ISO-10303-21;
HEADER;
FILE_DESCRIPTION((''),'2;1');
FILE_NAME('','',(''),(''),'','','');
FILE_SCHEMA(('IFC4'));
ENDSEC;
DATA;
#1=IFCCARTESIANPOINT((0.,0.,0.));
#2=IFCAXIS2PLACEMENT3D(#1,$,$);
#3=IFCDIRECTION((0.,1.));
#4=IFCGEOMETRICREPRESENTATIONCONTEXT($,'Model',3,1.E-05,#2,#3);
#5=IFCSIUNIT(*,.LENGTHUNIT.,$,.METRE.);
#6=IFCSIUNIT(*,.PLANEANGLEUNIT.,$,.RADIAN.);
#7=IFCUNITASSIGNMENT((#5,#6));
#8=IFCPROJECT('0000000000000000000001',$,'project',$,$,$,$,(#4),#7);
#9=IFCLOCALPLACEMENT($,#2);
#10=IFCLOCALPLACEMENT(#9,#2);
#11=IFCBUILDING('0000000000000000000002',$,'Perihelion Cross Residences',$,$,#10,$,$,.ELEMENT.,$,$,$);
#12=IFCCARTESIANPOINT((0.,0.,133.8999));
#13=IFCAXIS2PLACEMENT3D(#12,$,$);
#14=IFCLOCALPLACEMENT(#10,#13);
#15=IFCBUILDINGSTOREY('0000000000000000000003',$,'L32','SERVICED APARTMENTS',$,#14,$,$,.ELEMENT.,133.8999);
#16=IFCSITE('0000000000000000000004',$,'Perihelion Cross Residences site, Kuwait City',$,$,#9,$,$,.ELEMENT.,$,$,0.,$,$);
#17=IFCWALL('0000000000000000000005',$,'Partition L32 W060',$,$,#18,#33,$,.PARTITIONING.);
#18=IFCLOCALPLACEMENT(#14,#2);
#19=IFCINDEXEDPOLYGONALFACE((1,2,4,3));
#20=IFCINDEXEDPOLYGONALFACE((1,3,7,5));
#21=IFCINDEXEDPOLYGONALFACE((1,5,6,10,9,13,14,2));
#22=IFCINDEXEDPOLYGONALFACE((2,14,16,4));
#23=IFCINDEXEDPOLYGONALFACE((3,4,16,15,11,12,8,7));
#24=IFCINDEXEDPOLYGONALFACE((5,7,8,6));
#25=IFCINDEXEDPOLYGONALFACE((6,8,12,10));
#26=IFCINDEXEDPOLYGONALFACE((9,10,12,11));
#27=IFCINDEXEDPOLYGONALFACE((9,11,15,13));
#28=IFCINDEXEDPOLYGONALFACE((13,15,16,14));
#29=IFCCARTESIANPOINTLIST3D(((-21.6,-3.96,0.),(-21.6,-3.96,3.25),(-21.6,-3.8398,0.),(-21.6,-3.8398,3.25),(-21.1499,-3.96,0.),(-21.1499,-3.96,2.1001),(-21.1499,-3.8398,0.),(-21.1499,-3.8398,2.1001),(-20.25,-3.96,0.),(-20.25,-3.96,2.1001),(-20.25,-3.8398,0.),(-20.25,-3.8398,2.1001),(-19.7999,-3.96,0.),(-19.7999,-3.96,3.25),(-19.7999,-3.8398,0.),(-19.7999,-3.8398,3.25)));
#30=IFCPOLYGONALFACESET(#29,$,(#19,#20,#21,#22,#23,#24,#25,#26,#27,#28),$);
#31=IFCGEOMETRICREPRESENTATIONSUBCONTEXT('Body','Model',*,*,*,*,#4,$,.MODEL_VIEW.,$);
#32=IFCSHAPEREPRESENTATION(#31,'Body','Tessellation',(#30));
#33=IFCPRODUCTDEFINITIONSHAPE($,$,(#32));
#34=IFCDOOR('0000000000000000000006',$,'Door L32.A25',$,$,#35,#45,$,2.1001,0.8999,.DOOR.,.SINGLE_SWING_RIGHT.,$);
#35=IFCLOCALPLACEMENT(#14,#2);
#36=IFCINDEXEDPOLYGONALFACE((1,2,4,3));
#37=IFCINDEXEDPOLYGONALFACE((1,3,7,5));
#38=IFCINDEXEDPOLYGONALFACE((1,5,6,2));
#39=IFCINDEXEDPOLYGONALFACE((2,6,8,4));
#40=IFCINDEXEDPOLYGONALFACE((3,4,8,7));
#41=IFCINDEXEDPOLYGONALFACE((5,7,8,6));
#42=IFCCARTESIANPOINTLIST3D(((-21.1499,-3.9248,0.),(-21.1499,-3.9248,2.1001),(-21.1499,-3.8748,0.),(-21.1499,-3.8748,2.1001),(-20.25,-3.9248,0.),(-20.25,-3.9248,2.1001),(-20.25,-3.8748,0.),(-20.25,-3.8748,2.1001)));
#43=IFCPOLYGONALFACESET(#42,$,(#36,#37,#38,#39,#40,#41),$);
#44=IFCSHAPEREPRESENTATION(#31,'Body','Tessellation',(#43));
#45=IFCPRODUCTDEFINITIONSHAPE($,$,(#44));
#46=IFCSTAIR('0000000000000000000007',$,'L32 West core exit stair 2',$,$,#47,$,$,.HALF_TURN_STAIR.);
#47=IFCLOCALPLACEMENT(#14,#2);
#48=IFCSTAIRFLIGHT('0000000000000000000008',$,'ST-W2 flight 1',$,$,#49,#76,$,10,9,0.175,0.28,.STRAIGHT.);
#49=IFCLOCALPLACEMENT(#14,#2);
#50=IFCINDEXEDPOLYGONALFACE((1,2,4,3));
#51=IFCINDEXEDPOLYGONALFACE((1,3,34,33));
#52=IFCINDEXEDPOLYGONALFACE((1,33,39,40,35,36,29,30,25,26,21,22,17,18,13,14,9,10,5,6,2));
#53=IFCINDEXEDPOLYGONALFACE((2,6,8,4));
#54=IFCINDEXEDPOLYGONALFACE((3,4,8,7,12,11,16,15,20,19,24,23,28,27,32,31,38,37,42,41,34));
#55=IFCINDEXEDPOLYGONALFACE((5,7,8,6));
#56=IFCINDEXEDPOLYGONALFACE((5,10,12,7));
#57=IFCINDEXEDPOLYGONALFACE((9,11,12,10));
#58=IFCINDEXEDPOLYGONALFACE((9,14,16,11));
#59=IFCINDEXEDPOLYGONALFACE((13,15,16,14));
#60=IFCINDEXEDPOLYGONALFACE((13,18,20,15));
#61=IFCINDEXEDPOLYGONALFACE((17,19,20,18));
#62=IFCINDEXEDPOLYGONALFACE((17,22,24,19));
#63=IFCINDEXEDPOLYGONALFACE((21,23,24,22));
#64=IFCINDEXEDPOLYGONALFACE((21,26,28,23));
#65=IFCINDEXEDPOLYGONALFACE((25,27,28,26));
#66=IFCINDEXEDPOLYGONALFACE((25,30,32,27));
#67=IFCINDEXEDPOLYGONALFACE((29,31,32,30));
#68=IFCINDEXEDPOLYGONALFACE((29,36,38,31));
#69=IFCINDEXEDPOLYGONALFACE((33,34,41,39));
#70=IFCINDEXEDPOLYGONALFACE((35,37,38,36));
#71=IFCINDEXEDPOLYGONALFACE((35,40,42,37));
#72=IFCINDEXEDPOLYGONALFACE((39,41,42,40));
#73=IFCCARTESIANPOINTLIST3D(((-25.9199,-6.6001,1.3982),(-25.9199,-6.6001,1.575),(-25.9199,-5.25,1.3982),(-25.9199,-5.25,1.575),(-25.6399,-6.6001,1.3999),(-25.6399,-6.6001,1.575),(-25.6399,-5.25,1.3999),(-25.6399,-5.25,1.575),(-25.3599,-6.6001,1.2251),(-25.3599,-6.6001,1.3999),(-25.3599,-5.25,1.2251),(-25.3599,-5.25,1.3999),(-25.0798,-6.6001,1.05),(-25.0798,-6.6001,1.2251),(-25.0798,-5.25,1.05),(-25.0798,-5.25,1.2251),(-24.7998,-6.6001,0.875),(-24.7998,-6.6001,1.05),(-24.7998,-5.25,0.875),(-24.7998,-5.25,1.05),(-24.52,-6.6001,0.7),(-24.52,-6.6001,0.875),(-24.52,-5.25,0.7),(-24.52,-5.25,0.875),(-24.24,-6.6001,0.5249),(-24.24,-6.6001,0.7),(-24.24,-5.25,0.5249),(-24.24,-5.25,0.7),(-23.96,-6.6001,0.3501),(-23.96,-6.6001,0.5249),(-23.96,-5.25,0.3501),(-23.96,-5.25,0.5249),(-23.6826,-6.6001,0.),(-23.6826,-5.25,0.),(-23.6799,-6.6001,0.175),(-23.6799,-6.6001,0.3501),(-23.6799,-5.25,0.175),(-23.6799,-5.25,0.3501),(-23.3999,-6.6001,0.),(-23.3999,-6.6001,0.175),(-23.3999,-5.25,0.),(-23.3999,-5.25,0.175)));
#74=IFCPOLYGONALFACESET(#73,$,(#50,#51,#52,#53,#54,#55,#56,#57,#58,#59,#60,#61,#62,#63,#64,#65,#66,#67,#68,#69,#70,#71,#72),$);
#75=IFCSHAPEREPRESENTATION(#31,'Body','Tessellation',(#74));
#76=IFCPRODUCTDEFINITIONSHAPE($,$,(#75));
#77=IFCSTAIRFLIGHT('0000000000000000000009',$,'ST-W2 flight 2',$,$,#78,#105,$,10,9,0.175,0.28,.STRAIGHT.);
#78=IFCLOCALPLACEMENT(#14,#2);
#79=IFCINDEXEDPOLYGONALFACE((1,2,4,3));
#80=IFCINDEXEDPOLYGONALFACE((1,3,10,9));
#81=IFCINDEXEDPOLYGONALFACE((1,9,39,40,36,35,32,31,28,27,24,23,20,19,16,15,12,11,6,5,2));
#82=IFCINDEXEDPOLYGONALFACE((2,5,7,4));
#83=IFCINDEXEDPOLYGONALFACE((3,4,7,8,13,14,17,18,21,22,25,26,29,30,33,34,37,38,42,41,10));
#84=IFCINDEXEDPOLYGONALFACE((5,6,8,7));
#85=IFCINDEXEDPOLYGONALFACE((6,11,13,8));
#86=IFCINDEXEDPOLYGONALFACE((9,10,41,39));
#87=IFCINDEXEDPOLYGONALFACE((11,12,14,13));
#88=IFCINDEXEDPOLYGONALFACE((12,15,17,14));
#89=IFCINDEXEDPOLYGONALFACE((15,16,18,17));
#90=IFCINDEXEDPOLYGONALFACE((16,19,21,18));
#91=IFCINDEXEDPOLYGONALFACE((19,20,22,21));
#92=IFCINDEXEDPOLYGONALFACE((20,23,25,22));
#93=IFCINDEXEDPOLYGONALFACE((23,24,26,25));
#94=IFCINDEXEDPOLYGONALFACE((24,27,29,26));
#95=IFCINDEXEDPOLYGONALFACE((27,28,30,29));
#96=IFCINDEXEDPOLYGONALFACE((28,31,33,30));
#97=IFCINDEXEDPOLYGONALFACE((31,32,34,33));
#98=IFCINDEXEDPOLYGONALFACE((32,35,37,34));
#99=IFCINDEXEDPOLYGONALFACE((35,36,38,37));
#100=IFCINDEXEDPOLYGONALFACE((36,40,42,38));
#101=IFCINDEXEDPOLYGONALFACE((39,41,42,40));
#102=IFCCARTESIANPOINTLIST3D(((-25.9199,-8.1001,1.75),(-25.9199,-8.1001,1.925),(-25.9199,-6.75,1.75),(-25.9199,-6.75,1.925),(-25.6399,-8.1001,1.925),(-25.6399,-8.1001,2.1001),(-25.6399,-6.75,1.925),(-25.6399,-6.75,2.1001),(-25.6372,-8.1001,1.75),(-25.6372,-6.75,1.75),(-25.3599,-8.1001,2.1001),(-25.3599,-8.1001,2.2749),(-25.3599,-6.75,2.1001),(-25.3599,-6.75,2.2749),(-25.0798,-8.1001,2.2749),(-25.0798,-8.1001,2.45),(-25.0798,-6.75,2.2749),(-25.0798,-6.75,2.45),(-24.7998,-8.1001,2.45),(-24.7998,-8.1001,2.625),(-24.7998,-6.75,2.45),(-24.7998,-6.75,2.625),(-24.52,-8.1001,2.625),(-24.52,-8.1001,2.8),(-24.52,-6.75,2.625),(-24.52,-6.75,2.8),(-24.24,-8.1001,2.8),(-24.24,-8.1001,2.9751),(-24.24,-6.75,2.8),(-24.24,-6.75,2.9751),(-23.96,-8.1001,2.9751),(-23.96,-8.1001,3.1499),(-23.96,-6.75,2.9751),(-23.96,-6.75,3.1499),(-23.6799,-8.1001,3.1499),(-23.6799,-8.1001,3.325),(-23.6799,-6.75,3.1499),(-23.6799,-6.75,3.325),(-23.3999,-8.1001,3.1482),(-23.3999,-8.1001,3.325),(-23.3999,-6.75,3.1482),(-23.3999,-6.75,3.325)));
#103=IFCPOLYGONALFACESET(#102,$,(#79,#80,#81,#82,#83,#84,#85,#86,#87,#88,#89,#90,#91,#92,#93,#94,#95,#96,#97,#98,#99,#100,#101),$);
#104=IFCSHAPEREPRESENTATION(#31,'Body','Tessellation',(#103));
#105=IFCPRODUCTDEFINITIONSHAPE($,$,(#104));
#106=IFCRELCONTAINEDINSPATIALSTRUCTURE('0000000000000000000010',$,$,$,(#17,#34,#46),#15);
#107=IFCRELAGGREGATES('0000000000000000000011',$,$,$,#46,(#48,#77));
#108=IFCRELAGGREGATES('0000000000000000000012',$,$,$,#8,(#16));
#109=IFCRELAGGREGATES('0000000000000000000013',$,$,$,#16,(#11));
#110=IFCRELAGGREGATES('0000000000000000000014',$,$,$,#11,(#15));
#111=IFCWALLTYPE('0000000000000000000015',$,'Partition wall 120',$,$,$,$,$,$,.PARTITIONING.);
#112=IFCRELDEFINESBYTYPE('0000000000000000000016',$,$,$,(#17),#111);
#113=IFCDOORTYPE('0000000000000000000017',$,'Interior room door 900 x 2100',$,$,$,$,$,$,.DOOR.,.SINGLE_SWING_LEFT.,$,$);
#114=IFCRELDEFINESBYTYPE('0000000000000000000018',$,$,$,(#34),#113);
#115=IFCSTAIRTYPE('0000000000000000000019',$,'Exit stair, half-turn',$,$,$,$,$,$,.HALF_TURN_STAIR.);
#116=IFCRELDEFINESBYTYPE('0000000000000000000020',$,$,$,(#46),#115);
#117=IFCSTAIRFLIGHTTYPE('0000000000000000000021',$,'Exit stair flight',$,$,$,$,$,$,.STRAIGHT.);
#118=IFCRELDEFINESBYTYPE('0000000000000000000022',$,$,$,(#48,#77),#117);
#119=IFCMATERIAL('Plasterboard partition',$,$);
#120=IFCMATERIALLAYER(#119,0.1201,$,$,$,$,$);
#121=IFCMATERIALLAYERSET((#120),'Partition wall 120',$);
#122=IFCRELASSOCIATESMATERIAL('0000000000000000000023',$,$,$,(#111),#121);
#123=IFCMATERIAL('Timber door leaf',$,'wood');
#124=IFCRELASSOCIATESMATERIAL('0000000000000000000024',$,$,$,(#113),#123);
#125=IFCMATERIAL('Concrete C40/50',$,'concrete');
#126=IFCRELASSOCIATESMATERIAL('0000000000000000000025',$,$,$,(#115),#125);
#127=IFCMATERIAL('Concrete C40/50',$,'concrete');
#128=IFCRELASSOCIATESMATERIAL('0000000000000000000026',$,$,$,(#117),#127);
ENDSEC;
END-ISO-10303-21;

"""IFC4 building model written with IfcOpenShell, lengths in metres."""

from ifc_helpers import new_model, si_unit, direction, frame, frame_2d, origin, place, context, subcontext, project, spatial, polyline, rectangle, outline, extrude, material, layer, layer_set, type_object, element, fill, aggregate, save


model = new_model("IFC4")

# Units and contexts
model_context = context("Model", 3, precision=1e-05, world=origin(), true_north=direction((0.0, 1.0)))
body_context = subcontext(model_context, "Body", "Model", "MODEL_VIEW")
ifc_project = project(units=[si_unit("LENGTHUNIT", "METRE"), si_unit("PLANEANGLEUNIT", "RADIAN")], contexts=[model_context])

# Site, building, storey
site_placement = place(None, origin())
site = spatial("IfcSite", under=ifc_project, at=site_placement, Name="Perihelion Cross Residences site, Kuwait City", CompositionType="ELEMENT", RefElevation=0.0)
building_placement = place(site_placement, origin())
building = spatial("IfcBuilding", under=site, at=building_placement, Name="Perihelion Cross Residences", CompositionType="ELEMENT")
storey_placement = place(building_placement, frame((0.0, 0.0, 133.8999)))
storey = spatial("IfcBuildingStorey", under=building, at=storey_placement, Name="L32", Description="SERVICED APARTMENTS", CompositionType="ELEMENT", Elevation=133.8999)

# Wall, opening, door
ifc_material_1 = material(Name="Plasterboard partition")
ifc_layer_1 = layer(ifc_material_1, 0.1201)
ifc_layer_set_1 = layer_set([ifc_layer_1], Name="Partition wall 120")
wall_type_1 = type_object("IfcWallType", Name="Partition wall 120", PredefinedType="PARTITIONING", material=ifc_layer_set_1)
wall_1_placement = place(storey_placement, frame((-19.8, -3.8999, 0.0), z_axis=(0.0, 0.0, 1.0), x_axis=(-1.0, 0.0, 0.0)))
wall_1 = element("IfcWall", 1, at=wall_1_placement, inside=storey, type_object=wall_type_1, Name="Partition L32 W060", PredefinedType="PARTITIONING", context=body_context, shape_type="SweptSolid", body=[
    extrude(rectangle(XDim=1.8, YDim=0.1201, at=frame_2d((0.8999, 0.0))), origin(), (0.0, 0.0, 1.0), 3.25),
])
opening_1_placement = place(wall_1_placement, frame((0.45, 0.0, 0.0)))
opening_1 = element("IfcOpeningElement", 2, at=opening_1_placement, cuts=wall_1, PredefinedType="OPENING", context=body_context, shape_type="SweptSolid", body=[
    extrude(rectangle(XDim=0.8999, YDim=2.1001, at=frame_2d((0.45, 1.05))), frame((0.0, 0.0701, 0.0), z_axis=(0.0, -1.0, 0.0), x_axis=(1.0, 0.0, 0.0)), (0.0, 0.0, 1.0), 0.1401),
])
ifc_material_2 = material(Name="Timber door leaf", Category="wood")
door_type_1 = type_object("IfcDoorType", Name="Interior room door 900 x 2100", OperationType="SINGLE_SWING_LEFT", PredefinedType="DOOR", material=ifc_material_2)
door_1_placement = place(opening_1_placement, origin())
door_1 = element("IfcDoor", 3, at=door_1_placement, inside=storey, type_object=door_type_1, Name="Door L32.A25", OperationType="SINGLE_SWING_RIGHT", OverallHeight=2.1001, OverallWidth=0.8999, PredefinedType="DOOR", context=body_context, shape_type="SweptSolid", body=[
    extrude(rectangle(XDim=0.8999, YDim=2.1001, at=frame_2d((0.45, 1.05))), frame((0.0, 0.0249, 0.0), z_axis=(0.0, -1.0, 0.0), x_axis=(1.0, 0.0, 0.0)), (0.0, 0.0, 1.0), 0.05),
])
fill(opening_1, door_1)

# Stair, stair flights
ifc_material_3 = material(Name="Concrete C40/50", Category="concrete")
stair_type = type_object("IfcStairType", Name="Exit stair, half-turn", PredefinedType="HALF_TURN_STAIR", material=ifc_material_3)
stair_placement = place(storey_placement, origin())
stair = element("IfcStair", 4, at=stair_placement, inside=storey, type_object=stair_type, Name="L32 West core exit stair 2", PredefinedType="HALF_TURN_STAIR")
ifc_material_4 = material(Name="Concrete C40/50", Category="concrete")
stair_flight_type = type_object("IfcStairFlightType", Name="Exit stair flight", PredefinedType="STRAIGHT", material=ifc_material_4)
stair_flight_1_placement = place(storey_placement, frame((-23.3999, -5.925, 0.0), z_axis=(0.0, 0.0, 1.0), x_axis=(-1.0, 0.0, 0.0)))
stair_flight_1 = element("IfcStairFlight", 5, at=stair_flight_1_placement, type_object=stair_flight_type, Name="ST-W2 flight 1", NumberOfRisers=10, NumberOfTreads=9, PredefinedType="STRAIGHT", RiserHeight=0.175, TreadLength=0.28, context=body_context, shape_type="SweptSolid", body=[
    extrude(outline(polyline([(0.0, 0.0), (0.0, 0.175), (0.28, 0.175), (0.28, 0.3501), (0.5601, 0.3501), (0.5601, 0.5249), (0.8401, 0.5249), (0.8401, 0.7), (1.1201, 0.7), (1.1201, 0.875), (1.3999, 0.875), (1.3999, 1.05), (1.6799, 1.05), (1.6799, 1.2251), (1.96, 1.2251), (1.96, 1.3999), (2.24, 1.3999), (2.24, 1.575), (2.52, 1.575), (2.52, 1.75), (2.52, 1.3982), (0.2827, 0.0), (0.0, 0.0)])), frame((0.0, 0.675, 0.0), z_axis=(0.0, -1.0, 0.0), x_axis=(1.0, 0.0, 0.0)), (0.0, 0.0, 1.0), 1.3501),
])
stair_flight_2_placement = place(storey_placement, frame((-25.9199, -7.425, 1.75), z_axis=(0.0, 0.0, 1.0), x_axis=(1.0, 0.0, 0.0)))
stair_flight_2 = element("IfcStairFlight", 6, at=stair_flight_2_placement, type_object=stair_flight_type, Name="ST-W2 flight 2", NumberOfRisers=10, NumberOfTreads=9, PredefinedType="STRAIGHT", RiserHeight=0.175, TreadLength=0.28, context=body_context, shape_type="SweptSolid", body=[
    extrude(outline(polyline([(0.0, 0.0), (0.0, 0.175), (0.28, 0.175), (0.28, 0.3501), (0.5601, 0.3501), (0.5601, 0.5249), (0.8401, 0.5249), (0.8401, 0.7), (1.1201, 0.7), (1.1201, 0.875), (1.3999, 0.875), (1.3999, 1.05), (1.6799, 1.05), (1.6799, 1.2251), (1.96, 1.2251), (1.96, 1.3999), (2.24, 1.3999), (2.24, 1.575), (2.52, 1.575), (2.52, 1.75), (2.52, 1.3982), (0.2827, 0.0), (0.0, 0.0)])), frame((0.0, 0.675, 0.0), z_axis=(0.0, -1.0, 0.0), x_axis=(1.0, 0.0, 0.0)), (0.0, 0.0, 1.0), 1.3501),
])
aggregate(stair, [stair_flight_1, stair_flight_2])

save(model, "model.ifc")
